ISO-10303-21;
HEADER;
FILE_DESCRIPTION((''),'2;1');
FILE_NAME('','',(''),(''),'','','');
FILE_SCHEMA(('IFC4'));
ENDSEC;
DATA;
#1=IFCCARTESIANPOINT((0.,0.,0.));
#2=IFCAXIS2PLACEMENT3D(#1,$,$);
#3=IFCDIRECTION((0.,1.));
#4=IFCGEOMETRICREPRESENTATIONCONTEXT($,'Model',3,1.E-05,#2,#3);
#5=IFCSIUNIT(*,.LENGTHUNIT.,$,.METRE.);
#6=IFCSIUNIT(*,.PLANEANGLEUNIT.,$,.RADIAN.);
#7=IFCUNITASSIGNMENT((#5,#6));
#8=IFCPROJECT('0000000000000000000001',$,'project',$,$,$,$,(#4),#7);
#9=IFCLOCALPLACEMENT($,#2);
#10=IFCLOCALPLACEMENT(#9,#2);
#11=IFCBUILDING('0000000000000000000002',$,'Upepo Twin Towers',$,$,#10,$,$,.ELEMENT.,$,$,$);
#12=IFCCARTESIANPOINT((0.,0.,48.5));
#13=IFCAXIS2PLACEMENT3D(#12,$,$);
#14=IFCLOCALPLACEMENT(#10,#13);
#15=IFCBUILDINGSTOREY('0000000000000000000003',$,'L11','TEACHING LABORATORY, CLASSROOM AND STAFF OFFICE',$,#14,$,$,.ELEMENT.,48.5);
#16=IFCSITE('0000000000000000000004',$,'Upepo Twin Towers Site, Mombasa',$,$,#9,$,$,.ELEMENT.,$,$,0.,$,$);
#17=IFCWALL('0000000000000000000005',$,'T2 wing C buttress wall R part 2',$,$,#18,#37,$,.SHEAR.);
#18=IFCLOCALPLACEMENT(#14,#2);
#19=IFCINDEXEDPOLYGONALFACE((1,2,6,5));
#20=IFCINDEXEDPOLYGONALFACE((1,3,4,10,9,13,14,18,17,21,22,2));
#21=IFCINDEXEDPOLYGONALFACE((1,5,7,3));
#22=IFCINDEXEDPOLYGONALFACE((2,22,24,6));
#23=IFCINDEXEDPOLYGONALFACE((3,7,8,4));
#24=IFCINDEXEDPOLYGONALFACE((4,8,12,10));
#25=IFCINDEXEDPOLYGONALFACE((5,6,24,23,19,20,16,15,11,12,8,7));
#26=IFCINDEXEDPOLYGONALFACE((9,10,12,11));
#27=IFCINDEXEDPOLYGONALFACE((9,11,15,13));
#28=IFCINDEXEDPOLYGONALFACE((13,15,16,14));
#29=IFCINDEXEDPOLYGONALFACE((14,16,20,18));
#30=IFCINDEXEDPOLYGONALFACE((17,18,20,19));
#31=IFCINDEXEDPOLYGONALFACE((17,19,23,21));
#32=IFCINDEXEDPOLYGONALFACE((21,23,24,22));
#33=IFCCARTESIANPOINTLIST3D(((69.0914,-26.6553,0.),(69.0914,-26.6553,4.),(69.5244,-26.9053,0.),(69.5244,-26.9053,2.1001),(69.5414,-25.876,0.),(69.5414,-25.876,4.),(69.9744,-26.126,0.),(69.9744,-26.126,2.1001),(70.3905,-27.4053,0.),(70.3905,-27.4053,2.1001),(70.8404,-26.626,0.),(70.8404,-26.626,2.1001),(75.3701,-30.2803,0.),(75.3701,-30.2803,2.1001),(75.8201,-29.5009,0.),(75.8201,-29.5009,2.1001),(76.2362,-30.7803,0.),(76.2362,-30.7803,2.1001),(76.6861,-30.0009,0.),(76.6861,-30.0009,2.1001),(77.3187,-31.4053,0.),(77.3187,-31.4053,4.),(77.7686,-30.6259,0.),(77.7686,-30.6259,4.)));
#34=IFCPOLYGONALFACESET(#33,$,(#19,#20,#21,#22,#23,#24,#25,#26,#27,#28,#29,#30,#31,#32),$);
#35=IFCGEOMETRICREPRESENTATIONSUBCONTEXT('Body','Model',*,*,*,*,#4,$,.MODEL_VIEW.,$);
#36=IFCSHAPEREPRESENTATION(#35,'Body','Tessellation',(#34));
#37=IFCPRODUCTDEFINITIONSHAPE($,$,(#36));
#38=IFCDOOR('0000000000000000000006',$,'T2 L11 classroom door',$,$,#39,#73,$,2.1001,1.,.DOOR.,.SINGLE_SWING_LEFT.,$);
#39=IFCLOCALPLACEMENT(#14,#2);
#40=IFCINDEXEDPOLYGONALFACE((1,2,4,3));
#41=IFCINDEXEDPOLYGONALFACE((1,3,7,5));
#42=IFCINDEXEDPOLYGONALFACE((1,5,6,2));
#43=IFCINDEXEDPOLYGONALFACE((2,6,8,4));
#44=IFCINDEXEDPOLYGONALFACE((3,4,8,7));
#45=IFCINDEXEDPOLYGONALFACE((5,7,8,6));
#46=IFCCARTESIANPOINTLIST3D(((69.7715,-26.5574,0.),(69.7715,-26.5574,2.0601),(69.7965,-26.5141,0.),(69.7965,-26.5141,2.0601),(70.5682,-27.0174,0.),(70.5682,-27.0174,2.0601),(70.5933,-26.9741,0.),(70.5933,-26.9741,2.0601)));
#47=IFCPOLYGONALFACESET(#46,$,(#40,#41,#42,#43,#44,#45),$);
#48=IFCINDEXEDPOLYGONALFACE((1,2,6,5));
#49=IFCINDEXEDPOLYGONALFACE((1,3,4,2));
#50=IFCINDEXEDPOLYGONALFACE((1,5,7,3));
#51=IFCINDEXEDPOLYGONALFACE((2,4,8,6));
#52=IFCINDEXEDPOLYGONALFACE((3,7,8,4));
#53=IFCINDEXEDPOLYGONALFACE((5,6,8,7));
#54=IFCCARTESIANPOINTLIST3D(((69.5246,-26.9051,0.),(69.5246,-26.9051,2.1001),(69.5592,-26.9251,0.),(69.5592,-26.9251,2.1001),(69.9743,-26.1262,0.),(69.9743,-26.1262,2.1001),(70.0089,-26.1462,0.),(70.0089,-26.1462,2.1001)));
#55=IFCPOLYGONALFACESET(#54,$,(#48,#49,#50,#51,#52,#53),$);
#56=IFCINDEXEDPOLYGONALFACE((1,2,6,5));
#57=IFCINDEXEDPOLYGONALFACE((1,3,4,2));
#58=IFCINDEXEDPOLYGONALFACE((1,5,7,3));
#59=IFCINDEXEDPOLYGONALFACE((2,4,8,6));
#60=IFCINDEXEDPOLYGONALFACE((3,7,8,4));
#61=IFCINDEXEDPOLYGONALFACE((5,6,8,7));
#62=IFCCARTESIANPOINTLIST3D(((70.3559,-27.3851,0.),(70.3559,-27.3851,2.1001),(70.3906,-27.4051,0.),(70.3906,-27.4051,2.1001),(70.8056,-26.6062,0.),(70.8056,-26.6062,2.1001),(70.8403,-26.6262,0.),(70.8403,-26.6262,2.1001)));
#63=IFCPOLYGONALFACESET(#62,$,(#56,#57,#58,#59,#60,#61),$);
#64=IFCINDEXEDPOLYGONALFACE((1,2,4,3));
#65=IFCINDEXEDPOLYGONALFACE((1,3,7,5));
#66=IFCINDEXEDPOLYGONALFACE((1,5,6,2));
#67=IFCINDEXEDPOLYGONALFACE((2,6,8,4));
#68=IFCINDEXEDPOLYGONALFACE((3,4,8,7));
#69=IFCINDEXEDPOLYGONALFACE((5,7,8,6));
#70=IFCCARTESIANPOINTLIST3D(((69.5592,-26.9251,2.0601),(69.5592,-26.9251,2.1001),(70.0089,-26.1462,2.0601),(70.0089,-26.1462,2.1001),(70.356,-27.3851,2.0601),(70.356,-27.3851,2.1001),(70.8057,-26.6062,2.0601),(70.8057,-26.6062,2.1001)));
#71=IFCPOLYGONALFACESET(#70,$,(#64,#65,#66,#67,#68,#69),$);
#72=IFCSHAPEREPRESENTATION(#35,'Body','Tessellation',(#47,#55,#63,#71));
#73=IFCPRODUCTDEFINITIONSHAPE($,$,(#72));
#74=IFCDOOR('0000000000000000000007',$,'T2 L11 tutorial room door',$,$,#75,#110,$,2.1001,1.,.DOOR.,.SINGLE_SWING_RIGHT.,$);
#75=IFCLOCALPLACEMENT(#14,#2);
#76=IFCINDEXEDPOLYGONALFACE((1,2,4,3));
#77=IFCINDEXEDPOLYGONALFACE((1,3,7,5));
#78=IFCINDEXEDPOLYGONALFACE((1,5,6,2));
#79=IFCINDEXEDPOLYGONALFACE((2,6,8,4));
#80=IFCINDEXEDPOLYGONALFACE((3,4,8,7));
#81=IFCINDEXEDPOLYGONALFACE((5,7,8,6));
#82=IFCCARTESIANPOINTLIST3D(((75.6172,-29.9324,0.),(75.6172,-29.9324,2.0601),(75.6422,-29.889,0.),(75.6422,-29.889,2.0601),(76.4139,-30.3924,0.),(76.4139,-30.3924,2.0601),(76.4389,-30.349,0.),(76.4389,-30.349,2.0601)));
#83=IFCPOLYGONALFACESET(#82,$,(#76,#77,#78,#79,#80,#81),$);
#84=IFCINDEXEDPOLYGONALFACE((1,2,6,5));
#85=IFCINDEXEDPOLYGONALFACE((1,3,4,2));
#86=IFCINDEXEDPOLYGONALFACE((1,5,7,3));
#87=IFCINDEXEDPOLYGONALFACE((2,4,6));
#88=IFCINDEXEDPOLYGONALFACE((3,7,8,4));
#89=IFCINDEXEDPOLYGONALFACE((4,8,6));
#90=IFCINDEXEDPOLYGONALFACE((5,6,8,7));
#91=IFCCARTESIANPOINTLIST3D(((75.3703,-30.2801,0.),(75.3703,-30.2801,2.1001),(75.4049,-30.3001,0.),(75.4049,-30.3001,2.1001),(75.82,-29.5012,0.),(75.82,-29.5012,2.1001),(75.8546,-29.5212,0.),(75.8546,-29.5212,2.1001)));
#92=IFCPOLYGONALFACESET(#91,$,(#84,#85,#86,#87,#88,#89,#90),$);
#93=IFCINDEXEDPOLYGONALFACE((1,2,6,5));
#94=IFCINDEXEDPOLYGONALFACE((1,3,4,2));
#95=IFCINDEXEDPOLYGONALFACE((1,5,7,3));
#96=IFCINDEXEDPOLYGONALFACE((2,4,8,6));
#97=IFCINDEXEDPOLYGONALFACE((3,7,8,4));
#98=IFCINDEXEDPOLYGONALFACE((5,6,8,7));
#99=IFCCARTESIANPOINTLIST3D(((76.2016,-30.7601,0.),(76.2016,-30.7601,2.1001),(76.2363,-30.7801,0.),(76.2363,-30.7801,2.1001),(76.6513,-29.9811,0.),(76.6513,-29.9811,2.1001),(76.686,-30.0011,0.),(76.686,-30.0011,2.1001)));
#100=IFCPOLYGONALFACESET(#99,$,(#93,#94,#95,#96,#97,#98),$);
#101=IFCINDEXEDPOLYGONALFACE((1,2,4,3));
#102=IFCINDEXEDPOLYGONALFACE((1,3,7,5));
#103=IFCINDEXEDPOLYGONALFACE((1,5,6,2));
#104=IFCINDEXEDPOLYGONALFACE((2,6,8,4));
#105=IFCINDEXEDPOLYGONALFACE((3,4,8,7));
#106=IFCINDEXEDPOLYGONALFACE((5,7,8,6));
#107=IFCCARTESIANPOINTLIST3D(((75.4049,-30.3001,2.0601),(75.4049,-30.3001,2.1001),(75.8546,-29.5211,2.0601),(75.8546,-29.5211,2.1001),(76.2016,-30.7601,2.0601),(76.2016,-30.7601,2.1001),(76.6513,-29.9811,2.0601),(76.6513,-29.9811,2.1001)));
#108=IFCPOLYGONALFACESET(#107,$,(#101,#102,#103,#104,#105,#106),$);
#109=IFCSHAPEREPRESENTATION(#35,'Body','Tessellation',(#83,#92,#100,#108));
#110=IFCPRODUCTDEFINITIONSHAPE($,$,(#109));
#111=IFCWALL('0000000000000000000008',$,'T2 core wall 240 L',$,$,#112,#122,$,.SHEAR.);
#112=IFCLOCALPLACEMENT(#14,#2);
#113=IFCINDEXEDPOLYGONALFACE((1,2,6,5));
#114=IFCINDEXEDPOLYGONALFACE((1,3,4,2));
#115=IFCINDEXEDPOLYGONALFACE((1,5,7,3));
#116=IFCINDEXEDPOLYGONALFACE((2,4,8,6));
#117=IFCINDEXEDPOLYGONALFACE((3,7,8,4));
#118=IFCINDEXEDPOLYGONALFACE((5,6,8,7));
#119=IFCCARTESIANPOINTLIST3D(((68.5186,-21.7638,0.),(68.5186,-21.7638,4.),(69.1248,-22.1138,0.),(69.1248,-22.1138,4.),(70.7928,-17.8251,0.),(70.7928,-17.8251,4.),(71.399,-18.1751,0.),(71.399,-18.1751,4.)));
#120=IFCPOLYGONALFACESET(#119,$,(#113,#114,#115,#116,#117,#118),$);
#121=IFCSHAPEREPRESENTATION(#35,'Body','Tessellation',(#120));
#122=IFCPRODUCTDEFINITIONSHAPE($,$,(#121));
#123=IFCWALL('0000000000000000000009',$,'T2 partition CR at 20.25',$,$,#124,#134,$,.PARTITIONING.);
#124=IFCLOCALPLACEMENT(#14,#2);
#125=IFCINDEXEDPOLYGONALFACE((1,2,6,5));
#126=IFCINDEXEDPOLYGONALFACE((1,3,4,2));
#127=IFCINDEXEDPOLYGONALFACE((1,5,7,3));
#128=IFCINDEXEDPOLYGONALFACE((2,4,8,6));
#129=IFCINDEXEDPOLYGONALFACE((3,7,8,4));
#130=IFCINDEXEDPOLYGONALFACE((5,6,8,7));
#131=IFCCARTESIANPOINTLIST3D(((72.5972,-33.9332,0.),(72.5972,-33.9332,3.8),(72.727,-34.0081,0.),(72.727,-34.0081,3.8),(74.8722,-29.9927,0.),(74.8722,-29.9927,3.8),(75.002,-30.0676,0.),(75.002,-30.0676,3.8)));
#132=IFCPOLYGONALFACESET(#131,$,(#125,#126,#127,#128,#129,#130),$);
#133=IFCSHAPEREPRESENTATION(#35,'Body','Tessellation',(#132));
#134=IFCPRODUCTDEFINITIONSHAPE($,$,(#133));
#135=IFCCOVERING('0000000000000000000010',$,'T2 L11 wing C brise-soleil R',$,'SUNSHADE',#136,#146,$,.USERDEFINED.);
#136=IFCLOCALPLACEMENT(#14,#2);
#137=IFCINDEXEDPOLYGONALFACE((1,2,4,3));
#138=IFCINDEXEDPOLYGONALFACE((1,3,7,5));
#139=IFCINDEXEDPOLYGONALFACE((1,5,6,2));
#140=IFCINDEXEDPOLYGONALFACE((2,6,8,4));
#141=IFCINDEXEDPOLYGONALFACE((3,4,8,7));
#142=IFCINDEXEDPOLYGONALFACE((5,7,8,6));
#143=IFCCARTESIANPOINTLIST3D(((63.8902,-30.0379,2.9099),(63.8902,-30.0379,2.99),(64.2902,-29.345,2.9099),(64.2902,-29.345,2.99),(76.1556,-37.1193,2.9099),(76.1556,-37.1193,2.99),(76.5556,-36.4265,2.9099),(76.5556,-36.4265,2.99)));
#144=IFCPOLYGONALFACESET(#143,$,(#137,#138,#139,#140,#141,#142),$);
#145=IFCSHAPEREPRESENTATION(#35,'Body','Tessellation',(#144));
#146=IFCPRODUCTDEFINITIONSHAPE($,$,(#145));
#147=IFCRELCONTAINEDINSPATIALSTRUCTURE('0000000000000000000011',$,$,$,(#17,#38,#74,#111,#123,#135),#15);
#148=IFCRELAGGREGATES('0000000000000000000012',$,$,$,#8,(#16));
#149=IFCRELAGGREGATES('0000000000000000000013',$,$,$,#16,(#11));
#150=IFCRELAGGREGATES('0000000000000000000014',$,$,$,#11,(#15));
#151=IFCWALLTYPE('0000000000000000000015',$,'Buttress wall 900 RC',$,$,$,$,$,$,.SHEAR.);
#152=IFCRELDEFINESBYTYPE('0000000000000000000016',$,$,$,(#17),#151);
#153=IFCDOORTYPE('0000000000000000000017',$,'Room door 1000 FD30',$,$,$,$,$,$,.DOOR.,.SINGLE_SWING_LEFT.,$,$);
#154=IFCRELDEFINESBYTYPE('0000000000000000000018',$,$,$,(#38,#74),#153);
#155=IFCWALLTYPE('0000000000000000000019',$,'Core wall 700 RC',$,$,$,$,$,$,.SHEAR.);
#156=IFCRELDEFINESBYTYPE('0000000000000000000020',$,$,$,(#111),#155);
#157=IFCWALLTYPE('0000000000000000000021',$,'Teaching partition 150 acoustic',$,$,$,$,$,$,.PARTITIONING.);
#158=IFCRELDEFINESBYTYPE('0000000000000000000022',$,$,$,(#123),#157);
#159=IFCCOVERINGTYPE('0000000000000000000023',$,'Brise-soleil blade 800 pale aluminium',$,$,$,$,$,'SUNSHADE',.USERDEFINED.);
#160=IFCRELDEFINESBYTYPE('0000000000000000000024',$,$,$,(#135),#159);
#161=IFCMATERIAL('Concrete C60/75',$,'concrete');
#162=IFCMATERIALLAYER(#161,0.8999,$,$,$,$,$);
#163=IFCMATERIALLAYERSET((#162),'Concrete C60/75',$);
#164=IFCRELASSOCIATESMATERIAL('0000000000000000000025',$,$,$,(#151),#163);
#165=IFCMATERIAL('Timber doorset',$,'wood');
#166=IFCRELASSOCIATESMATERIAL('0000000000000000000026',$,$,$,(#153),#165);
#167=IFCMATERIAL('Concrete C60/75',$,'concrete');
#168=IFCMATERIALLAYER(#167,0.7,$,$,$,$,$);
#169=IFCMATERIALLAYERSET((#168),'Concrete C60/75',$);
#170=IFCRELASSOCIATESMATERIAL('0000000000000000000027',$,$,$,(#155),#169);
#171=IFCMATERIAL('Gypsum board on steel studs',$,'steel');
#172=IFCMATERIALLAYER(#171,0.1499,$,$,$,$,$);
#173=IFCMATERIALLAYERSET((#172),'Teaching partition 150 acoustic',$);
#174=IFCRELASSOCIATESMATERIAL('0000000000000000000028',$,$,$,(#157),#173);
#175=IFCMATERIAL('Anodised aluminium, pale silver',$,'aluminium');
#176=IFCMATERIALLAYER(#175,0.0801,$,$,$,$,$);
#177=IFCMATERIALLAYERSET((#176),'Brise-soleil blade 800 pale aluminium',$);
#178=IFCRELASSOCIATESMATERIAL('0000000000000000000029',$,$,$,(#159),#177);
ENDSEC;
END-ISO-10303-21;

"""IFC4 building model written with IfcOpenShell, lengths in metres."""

from ifc_helpers import new_model, si_unit, direction, frame, frame_2d, origin, origin_2d, place, context, subcontext, project, spatial, rectangle, extrude, material, layer, layer_set, type_object, element, fill, save


model = new_model("IFC4")

# Units and contexts
model_context = context("Model", 3, precision=1e-05, world=origin(), true_north=direction((0.0, 1.0)))
body_context = subcontext(model_context, "Body", "Model", "MODEL_VIEW")
ifc_project = project(units=[si_unit("LENGTHUNIT", "METRE"), si_unit("PLANEANGLEUNIT", "RADIAN")], contexts=[model_context])

# Site, building, storey
site_placement = place(None, origin())
site = spatial("IfcSite", under=ifc_project, at=site_placement, Name="Upepo Twin Towers Site, Mombasa", CompositionType="ELEMENT", RefElevation=0.0)
building_placement = place(site_placement, origin())
building = spatial("IfcBuilding", under=site, at=building_placement, Name="Upepo Twin Towers", CompositionType="ELEMENT")
storey_placement = place(building_placement, frame((0.0, 0.0, 48.5)))
storey = spatial("IfcBuildingStorey", under=building, at=storey_placement, Name="L11", Description="TEACHING LABORATORY, CLASSROOM AND STAFF OFFICE", CompositionType="ELEMENT", Elevation=48.5)

# Wall, openings, doors
ifc_material_1 = material(Name="Concrete C60/75", Category="concrete")
ifc_layer_1 = layer(ifc_material_1, 0.8999)
ifc_layer_set_1 = layer_set([ifc_layer_1], Name="Concrete C60/75")
wall_type_1 = type_object("IfcWallType", Name="Buttress wall 900 RC", PredefinedType="SHEAR", material=ifc_layer_set_1)
ifc_material_2 = material(Name="Timber doorset", Category="wood")
door_type = type_object("IfcDoorType", Name="Room door 1000 FD30", OperationType="SINGLE_SWING_LEFT", PredefinedType="DOOR", material=ifc_material_2)
wall_1_placement = place(storey_placement, frame((69.3164, -26.2656, 0.0), z_axis=(0.0, 0.0, 1.0), x_axis=(0.866027, -0.499998, 0.0)))
wall_1 = element("IfcWall", 1, at=wall_1_placement, inside=storey, type_object=wall_type_1, Name="T2 wing C buttress wall R part 2", PredefinedType="SHEAR", context=body_context, shape_type="SweptSolid", body=[
    extrude(rectangle(XDim=9.5, YDim=0.8999, at=frame_2d((4.75, 0.0))), origin(), (0.0, 0.0, 1.0), 4.0),
])
opening_1_placement = place(wall_1_placement, frame((0.5, 0.0, 0.0)))
opening_1 = element("IfcOpeningElement", 2, at=opening_1_placement, cuts=wall_1, PredefinedType="OPENING", context=body_context, shape_type="SweptSolid", body=[
    extrude(rectangle(XDim=1.0, YDim=2.1001, at=frame_2d((0.5, 1.05))), frame((0.0, 0.46, 0.0), z_axis=(0.0, -1.0, 0.0), x_axis=(1.0, 0.0, 0.0)), (0.0, 0.0, 1.0), 0.9199),
])
opening_2_placement = place(wall_1_placement, frame((7.25, 0.0, 0.0)))
opening_2 = element("IfcOpeningElement", 3, at=opening_2_placement, cuts=wall_1, PredefinedType="OPENING", context=body_context, shape_type="SweptSolid", body=[
    extrude(rectangle(XDim=1.0, YDim=2.1001, at=frame_2d((0.5, 1.05))), frame((0.0, 0.46, 0.0), z_axis=(0.0, -1.0, 0.0), x_axis=(1.0, 0.0, 0.0)), (0.0, 0.0, 1.0), 0.9199),
])
door_1_placement = place(opening_1_placement, origin())
door_1 = element("IfcDoor", 4, at=door_1_placement, inside=storey, type_object=door_type, Name="T2 L11 classroom door", OperationType="SINGLE_SWING_LEFT", OverallHeight=2.1001, OverallWidth=1.0, PredefinedType="DOOR", context=body_context, shape_type="SweptSolid", body=[
    extrude(rectangle(XDim=0.92, YDim=2.0601, at=frame_2d((0.5, 1.03))), frame((0.0, 0.0249, 0.0), z_axis=(0.0, -1.0, 0.0), x_axis=(1.0, 0.0, 0.0)), (0.0, 0.0, 1.0), 0.05),
    extrude(rectangle(XDim=0.04, YDim=2.1001, at=frame_2d((0.02, 1.05))), frame((0.0, 0.4497, 0.0), z_axis=(0.0, -1.0, 0.0), x_axis=(1.0, 0.0, 0.0)), (0.0, 0.0, 1.0), 0.8994),
    extrude(rectangle(XDim=0.04, YDim=2.1001, at=frame_2d((0.98, 1.05))), frame((0.0, 0.4497, 0.0), z_axis=(0.0, -1.0, 0.0), x_axis=(1.0, 0.0, 0.0)), (0.0, 0.0, 1.0), 0.8994),
    extrude(rectangle(XDim=0.92, YDim=0.04, at=frame_2d((0.5, 2.0801))), frame((0.0, 0.4497, 0.0), z_axis=(0.0, -1.0, 0.0), x_axis=(1.0, 0.0, 0.0)), (0.0, 0.0, 1.0), 0.8994),
])
fill(opening_1, door_1)
door_2_placement = place(opening_2_placement, origin())
door_2 = element("IfcDoor", 5, at=door_2_placement, inside=storey, type_object=door_type, Name="T2 L11 tutorial room door", OperationType="SINGLE_SWING_RIGHT", OverallHeight=2.1001, OverallWidth=1.0, PredefinedType="DOOR", context=body_context, shape_type="SweptSolid", body=[
    extrude(rectangle(XDim=0.92, YDim=2.0601, at=frame_2d((0.5, 1.03))), frame((0.0, 0.0249, 0.0), z_axis=(0.0, -1.0, 0.0), x_axis=(1.0, 0.0, 0.0)), (0.0, 0.0, 1.0), 0.05),
    extrude(rectangle(XDim=0.04, YDim=2.1001, at=frame_2d((0.02, 1.05))), frame((0.0, 0.4497, 0.0), z_axis=(0.0, -1.0, 0.0), x_axis=(1.0, 0.0, 0.0)), (0.0, 0.0, 1.0), 0.8994),
    extrude(rectangle(XDim=0.04, YDim=2.1001, at=frame_2d((0.98, 1.05))), frame((0.0, 0.4497, 0.0), z_axis=(0.0, -1.0, 0.0), x_axis=(1.0, 0.0, 0.0)), (0.0, 0.0, 1.0), 0.8994),
    extrude(rectangle(XDim=0.92, YDim=0.04, at=frame_2d((0.5, 2.0801))), frame((0.0, 0.4497, 0.0), z_axis=(0.0, -1.0, 0.0), x_axis=(1.0, 0.0, 0.0)), (0.0, 0.0, 1.0), 0.8994),
])
fill(opening_2, door_2)

# Walls
ifc_material_3 = material(Name="Concrete C60/75", Category="concrete")
ifc_layer_2 = layer(ifc_material_3, 0.7)
ifc_layer_set_2 = layer_set([ifc_layer_2], Name="Concrete C60/75")
wall_type_2 = type_object("IfcWallType", Name="Core wall 700 RC", PredefinedType="SHEAR", material=ifc_layer_set_2)
wall_2_placement = place(storey_placement, frame((68.8218, -21.9387, 0.0), z_axis=(0.0, 0.0, 1.0), x_axis=(0.500024, 0.866011, 0.0)))
element("IfcWall", 6, at=wall_2_placement, inside=storey, type_object=wall_type_2, Name="T2 core wall 240 L", PredefinedType="SHEAR", context=body_context, shape_type="SweptSolid", body=[
    extrude(rectangle(XDim=4.5481, YDim=0.7, at=frame_2d((2.2739, 0.0))), origin(), (0.0, 0.0, 1.0), 4.0),
])
ifc_material_4 = material(Name="Gypsum board on steel studs", Category="steel")
ifc_layer_3 = layer(ifc_material_4, 0.1499)
ifc_layer_set_3 = layer_set([ifc_layer_3], Name="Teaching partition 150 acoustic")
wall_type_3 = type_object("IfcWallType", Name="Teaching partition 150 acoustic", PredefinedType="PARTITIONING", material=ifc_layer_set_3)
wall_3_placement = place(storey_placement, frame((74.937, -30.0303, 0.0), z_axis=(0.0, 0.0, 1.0), x_axis=(-0.499983, -0.866035, 0.0)))
element("IfcWall", 7, at=wall_3_placement, inside=storey, type_object=wall_type_3, Name="T2 partition CR at 20.25", PredefinedType="PARTITIONING", context=body_context, shape_type="SweptSolid", body=[
    extrude(rectangle(XDim=4.55, YDim=0.1499, at=frame_2d((2.2749, 0.0))), origin(), (0.0, 0.0, 1.0), 3.8),
])

# Covering
ifc_material_5 = material(Name="Anodised aluminium, pale silver", Category="aluminium")
ifc_layer_4 = layer(ifc_material_5, 0.0801)
ifc_layer_set_4 = layer_set([ifc_layer_4], Name="Brise-soleil blade 800 pale aluminium")
covering_type = type_object("IfcCoveringType", Name="Brise-soleil blade 800 pale aluminium", ElementType="SUNSHADE", PredefinedType="USERDEFINED", material=ifc_layer_set_4)
covering_placement = place(storey_placement, frame((70.2229, -33.2322, 2.9099), z_axis=(0.0, 0.0, 1.0), x_axis=(0.866025, -0.5, 0.0)))
element("IfcCovering", 8, at=covering_placement, inside=storey, type_object=covering_type, Name="T2 L11 wing C brise-soleil R", ObjectType="SUNSHADE", PredefinedType="USERDEFINED", context=body_context, shape_type="SweptSolid", body=[
    extrude(rectangle(XDim=14.1628, YDim=0.8, at=origin_2d()), origin(), (0.0, 0.0, 1.0), 0.0801),
])

save(model, "model.ifc")
